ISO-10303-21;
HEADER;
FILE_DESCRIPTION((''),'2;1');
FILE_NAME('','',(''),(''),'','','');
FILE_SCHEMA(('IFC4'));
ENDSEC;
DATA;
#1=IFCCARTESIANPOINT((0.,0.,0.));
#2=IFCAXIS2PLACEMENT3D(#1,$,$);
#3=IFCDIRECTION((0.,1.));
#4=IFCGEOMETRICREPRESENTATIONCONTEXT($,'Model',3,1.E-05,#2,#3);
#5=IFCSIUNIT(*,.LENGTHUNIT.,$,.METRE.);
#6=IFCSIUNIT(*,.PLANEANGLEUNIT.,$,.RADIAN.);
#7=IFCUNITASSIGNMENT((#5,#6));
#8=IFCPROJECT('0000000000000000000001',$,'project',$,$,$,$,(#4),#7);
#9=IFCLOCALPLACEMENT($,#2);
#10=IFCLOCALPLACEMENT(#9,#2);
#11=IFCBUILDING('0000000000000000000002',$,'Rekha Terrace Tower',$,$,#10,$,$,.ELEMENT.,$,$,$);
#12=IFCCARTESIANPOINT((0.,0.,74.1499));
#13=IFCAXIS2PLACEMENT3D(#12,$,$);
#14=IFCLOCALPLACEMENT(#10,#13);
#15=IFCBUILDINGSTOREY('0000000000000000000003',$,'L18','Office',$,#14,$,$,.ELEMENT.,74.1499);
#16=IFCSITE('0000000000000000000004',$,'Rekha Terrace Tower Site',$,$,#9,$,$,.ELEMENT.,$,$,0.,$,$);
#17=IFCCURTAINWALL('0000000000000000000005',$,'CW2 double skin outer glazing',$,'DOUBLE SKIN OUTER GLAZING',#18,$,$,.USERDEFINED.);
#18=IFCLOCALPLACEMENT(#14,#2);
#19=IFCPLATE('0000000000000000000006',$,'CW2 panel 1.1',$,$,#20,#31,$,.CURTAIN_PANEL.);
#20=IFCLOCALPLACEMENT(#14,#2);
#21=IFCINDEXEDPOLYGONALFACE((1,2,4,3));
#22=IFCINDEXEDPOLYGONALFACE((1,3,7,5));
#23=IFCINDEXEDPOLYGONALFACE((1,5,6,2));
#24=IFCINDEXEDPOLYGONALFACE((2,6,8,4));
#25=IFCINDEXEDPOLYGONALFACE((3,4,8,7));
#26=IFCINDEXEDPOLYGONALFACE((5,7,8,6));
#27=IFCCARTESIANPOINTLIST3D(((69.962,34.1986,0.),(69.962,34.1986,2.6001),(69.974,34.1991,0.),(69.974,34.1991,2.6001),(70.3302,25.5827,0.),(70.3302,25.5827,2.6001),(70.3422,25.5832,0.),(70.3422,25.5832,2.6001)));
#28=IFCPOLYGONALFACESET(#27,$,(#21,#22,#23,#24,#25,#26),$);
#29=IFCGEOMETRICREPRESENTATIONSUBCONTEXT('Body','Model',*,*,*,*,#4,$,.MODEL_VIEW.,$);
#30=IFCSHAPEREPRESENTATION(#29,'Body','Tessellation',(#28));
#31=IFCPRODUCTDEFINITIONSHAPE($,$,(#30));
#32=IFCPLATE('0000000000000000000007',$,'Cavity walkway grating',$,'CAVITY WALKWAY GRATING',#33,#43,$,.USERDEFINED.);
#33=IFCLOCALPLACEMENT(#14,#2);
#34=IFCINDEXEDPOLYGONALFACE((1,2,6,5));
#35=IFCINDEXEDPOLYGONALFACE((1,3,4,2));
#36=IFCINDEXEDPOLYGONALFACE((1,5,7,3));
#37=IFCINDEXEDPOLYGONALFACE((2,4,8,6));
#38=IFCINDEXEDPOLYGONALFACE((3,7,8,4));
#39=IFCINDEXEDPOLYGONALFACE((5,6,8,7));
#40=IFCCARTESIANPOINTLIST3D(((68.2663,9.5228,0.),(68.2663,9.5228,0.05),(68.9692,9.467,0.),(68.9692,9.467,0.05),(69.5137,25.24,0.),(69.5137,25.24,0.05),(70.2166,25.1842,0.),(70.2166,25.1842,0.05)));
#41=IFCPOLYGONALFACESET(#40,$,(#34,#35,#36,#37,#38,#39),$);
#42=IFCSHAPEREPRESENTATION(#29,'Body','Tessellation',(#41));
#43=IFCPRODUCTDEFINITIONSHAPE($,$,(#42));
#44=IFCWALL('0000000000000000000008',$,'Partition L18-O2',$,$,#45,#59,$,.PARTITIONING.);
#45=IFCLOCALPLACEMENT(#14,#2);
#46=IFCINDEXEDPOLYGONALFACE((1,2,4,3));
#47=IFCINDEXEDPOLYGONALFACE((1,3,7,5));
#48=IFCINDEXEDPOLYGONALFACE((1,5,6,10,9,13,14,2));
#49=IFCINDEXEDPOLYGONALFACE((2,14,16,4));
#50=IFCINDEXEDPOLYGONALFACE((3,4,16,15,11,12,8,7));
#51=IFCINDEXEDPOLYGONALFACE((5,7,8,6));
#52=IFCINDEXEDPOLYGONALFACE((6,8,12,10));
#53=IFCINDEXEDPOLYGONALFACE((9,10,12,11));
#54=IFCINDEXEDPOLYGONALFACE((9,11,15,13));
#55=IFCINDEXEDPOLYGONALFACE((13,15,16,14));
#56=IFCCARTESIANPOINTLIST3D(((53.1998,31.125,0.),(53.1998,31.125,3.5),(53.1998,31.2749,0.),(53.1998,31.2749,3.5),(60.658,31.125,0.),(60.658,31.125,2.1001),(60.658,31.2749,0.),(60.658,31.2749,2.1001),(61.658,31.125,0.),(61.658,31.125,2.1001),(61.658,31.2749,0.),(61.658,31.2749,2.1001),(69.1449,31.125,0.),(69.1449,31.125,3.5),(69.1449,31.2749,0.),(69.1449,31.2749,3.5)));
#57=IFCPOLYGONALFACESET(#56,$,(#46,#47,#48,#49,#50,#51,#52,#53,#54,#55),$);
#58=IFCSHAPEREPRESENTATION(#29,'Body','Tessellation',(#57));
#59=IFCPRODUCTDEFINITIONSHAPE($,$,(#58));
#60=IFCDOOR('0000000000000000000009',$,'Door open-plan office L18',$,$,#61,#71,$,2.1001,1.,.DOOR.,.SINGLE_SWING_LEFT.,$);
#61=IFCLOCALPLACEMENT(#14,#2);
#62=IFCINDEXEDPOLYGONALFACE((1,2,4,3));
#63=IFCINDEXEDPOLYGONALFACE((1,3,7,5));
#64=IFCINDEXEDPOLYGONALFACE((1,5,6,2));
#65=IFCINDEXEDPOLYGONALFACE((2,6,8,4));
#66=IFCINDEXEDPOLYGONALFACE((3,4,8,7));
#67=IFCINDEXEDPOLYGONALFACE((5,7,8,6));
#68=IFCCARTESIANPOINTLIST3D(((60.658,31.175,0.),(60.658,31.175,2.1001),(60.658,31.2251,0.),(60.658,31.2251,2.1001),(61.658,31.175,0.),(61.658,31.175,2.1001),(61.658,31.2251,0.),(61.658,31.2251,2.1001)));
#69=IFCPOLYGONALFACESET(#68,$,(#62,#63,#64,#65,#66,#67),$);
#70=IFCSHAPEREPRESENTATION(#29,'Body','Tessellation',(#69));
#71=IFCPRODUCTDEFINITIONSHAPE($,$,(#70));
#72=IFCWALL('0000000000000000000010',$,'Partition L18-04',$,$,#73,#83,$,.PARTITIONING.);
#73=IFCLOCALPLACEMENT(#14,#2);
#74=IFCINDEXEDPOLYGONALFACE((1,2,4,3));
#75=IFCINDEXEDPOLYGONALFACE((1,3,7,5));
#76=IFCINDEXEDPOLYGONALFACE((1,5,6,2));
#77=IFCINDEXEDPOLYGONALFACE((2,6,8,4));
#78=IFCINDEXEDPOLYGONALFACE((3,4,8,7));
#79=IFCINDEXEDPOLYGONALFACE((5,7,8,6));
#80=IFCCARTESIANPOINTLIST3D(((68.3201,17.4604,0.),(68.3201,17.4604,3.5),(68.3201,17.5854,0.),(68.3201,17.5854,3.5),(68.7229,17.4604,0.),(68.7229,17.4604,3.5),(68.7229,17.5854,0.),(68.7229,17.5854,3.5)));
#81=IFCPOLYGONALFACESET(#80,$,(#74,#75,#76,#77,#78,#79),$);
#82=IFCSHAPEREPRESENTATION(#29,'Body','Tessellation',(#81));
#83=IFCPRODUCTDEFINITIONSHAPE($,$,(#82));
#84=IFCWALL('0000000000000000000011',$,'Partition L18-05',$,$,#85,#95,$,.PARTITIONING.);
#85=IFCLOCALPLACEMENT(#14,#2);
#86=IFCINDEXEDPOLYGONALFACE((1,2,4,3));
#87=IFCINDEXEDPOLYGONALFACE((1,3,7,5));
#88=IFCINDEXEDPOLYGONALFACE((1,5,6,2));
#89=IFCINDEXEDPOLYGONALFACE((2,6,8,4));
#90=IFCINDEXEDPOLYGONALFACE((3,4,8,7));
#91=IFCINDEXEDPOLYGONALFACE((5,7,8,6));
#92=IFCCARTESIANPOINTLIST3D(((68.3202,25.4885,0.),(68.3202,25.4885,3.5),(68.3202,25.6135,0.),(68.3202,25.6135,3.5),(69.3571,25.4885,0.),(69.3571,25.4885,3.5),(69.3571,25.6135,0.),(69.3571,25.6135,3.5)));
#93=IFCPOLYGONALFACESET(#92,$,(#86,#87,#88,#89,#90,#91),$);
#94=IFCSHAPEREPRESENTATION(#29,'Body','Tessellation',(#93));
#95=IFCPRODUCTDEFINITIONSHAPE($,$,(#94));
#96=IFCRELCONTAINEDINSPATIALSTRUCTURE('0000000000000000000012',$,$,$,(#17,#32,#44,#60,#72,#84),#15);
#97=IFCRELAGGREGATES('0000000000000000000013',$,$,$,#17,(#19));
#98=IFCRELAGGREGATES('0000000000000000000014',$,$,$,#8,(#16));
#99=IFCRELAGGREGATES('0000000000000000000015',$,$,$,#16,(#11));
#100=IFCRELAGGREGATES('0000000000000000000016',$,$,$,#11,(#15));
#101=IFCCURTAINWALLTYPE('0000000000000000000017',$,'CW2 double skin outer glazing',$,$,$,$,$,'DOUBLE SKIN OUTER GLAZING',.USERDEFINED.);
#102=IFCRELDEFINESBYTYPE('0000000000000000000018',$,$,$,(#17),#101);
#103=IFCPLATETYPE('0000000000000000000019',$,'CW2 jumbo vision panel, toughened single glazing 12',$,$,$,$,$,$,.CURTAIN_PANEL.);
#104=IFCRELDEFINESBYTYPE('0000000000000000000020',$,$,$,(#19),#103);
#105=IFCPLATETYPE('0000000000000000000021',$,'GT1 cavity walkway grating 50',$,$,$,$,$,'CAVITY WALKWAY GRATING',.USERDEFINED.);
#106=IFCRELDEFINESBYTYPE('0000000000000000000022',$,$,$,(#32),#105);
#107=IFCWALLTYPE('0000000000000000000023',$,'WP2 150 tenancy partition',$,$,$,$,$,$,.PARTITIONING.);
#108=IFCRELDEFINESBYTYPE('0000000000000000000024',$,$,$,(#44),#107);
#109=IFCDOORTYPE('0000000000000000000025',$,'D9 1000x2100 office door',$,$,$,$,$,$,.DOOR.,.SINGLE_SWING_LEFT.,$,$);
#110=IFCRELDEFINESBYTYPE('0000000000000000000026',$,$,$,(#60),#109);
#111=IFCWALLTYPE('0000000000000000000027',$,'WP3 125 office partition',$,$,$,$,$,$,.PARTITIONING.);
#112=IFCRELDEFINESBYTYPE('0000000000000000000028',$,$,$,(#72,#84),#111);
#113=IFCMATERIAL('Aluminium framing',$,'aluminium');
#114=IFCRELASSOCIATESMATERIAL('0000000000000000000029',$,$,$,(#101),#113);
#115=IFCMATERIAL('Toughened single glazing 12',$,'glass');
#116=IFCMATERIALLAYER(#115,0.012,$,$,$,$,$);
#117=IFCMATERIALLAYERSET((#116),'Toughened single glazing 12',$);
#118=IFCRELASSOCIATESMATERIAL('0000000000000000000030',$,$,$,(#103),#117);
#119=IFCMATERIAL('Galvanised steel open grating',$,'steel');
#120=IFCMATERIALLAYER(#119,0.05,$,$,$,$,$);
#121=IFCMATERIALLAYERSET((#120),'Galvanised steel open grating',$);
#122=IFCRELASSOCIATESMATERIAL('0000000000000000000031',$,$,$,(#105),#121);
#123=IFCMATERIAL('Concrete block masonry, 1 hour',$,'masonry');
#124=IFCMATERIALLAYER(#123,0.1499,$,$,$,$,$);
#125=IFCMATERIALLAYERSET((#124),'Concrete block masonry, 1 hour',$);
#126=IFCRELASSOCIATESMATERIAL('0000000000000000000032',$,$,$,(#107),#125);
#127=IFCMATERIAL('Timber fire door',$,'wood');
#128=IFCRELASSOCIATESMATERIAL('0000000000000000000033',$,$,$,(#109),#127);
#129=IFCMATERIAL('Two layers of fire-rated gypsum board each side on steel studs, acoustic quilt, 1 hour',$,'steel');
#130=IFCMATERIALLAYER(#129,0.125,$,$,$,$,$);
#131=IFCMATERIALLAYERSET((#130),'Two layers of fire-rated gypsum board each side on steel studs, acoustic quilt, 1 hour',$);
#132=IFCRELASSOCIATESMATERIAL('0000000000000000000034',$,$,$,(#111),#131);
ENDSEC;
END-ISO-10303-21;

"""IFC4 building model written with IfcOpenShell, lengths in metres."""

from ifc_helpers import new_model, si_unit, direction, frame, frame_2d, origin, origin_2d, place, context, subcontext, project, spatial, rectangle, extrude, material, layer, layer_set, type_object, element, fill, aggregate, save


model = new_model("IFC4")

# Units and contexts
model_context = context("Model", 3, precision=1e-05, world=origin(), true_north=direction((0.0, 1.0)))
body_context = subcontext(model_context, "Body", "Model", "MODEL_VIEW")
ifc_project = project(units=[si_unit("LENGTHUNIT", "METRE"), si_unit("PLANEANGLEUNIT", "RADIAN")], contexts=[model_context])

# Site, building, storey
site_placement = place(None, origin())
site = spatial("IfcSite", under=ifc_project, at=site_placement, Name="Rekha Terrace Tower Site", CompositionType="ELEMENT", RefElevation=0.0)
building_placement = place(site_placement, origin())
building = spatial("IfcBuilding", under=site, at=building_placement, Name="Rekha Terrace Tower", CompositionType="ELEMENT")
storey_placement = place(building_placement, frame((0.0, 0.0, 74.1499)))
storey = spatial("IfcBuildingStorey", under=building, at=storey_placement, Name="L18", Description="Office", CompositionType="ELEMENT", Elevation=74.1499)

# Shared definitions
ifc_material_1 = material(Name="Aluminium framing", Category="aluminium")

# Curtain wall
curtain_wall_type_1 = type_object("IfcCurtainWallType", Name="CW2 double skin outer glazing", ElementType="DOUBLE SKIN OUTER GLAZING", PredefinedType="USERDEFINED", material=ifc_material_1)
curtain_wall_1_placement = place(storey_placement, origin())
curtain_wall_1 = element("IfcCurtainWall", 1, at=curtain_wall_1_placement, inside=storey, type_object=curtain_wall_type_1, Name="CW2 double skin outer glazing", ObjectType="DOUBLE SKIN OUTER GLAZING", PredefinedType="USERDEFINED")

# Shared definitions
ifc_material_2 = material(Name="Toughened single glazing 12", Category="glass")
ifc_layer_1 = layer(ifc_material_2, 0.012)
ifc_layer_set_1 = layer_set([ifc_layer_1], Name="Toughened single glazing 12")
plate_type_1 = type_object("IfcPlateType", Name="CW2 jumbo vision panel, toughened single glazing 12", PredefinedType="CURTAIN_PANEL", material=ifc_layer_set_1)

# Plates
plate_1_placement = place(storey_placement, frame((70.1521, 29.8909, 0.0), z_axis=(0.0, 0.0, 1.0), x_axis=(-0.042696, 0.999088, 0.0)))
plate_1 = element("IfcPlate", 2, at=plate_1_placement, type_object=plate_type_1, Name="CW2 panel 1.1", PredefinedType="CURTAIN_PANEL", context=body_context, shape_type="SweptSolid", body=[
    extrude(rectangle(XDim=8.6238, YDim=0.012, at=origin_2d()), origin(), (0.0, 0.0, 1.0), 2.6001),
])
aggregate(curtain_wall_1, [plate_1])
ifc_material_3 = material(Name="Galvanised steel open grating", Category="steel")
ifc_layer_2 = layer(ifc_material_3, 0.05)
ifc_layer_set_2 = layer_set([ifc_layer_2], Name="Galvanised steel open grating")
plate_type_2 = type_object("IfcPlateType", Name="GT1 cavity walkway grating 50", ElementType="CAVITY WALKWAY GRATING", PredefinedType="USERDEFINED", material=ifc_layer_set_2)
plate_2_placement = place(storey_placement, frame((69.2415, 17.3535, 0.0), z_axis=(0.0, 0.0, 1.0), x_axis=(0.079116, 0.996865, 0.0)))
element("IfcPlate", 3, at=plate_2_placement, inside=storey, type_object=plate_type_2, Name="Cavity walkway grating", ObjectType="CAVITY WALKWAY GRATING", PredefinedType="USERDEFINED", context=body_context, shape_type="SweptSolid", body=[
    extrude(rectangle(XDim=15.7666, YDim=0.7051, at=origin_2d()), origin(), (0.0, 0.0, 1.0), 0.05),
])

# Wall, opening, door
ifc_material_4 = material(Name="Concrete block masonry, 1 hour", Category="masonry")
ifc_layer_3 = layer(ifc_material_4, 0.1499)
ifc_layer_set_3 = layer_set([ifc_layer_3], Name="Concrete block masonry, 1 hour")
wall_type_1 = type_object("IfcWallType", Name="WP2 150 tenancy partition", PredefinedType="PARTITIONING", material=ifc_layer_set_3)
wall_1_placement = place(storey_placement, frame((69.145, 31.2, 0.0), z_axis=(0.0, 0.0, 1.0), x_axis=(-1.0, 0.0, 0.0)))
wall_1 = element("IfcWall", 4, at=wall_1_placement, inside=storey, type_object=wall_type_1, Name="Partition L18-O2", PredefinedType="PARTITIONING", context=body_context, shape_type="SweptSolid", body=[
    extrude(rectangle(XDim=15.9451, YDim=0.1499, at=frame_2d((7.9727, 0.0))), origin(), (0.0, 0.0, 1.0), 3.5),
])
opening_placement = place(wall_1_placement, frame((7.4871, 0.0, 0.0)))
opening = element("IfcOpeningElement", 5, at=opening_placement, cuts=wall_1, PredefinedType="OPENING", context=body_context, shape_type="SweptSolid", body=[
    extrude(rectangle(XDim=1.0, YDim=2.1001, at=frame_2d((0.5, 1.05))), frame((0.0, 0.085, 0.0), z_axis=(0.0, -1.0, 0.0), x_axis=(1.0, 0.0, 0.0)), (0.0, 0.0, 1.0), 0.1699),
])
ifc_material_5 = material(Name="Timber fire door", Category="wood")
door_type = type_object("IfcDoorType", Name="D9 1000x2100 office door", OperationType="SINGLE_SWING_LEFT", PredefinedType="DOOR", material=ifc_material_5)
door_placement = place(opening_placement, origin())
door = element("IfcDoor", 6, at=door_placement, inside=storey, type_object=door_type, Name="Door open-plan office L18", OperationType="SINGLE_SWING_LEFT", OverallHeight=2.1001, OverallWidth=1.0, PredefinedType="DOOR", context=body_context, shape_type="SweptSolid", body=[
    extrude(rectangle(XDim=1.0, YDim=2.1001, at=frame_2d((0.5, 1.05))), frame((0.0, 0.0249, 0.0), z_axis=(0.0, -1.0, 0.0), x_axis=(1.0, 0.0, 0.0)), (0.0, 0.0, 1.0), 0.05),
])
fill(opening, door)

# Walls
ifc_material_6 = material(Name="Two layers of fire-rated gypsum board each side on steel studs, acoustic quilt, 1 hour", Category="steel")
ifc_layer_4 = layer(ifc_material_6, 0.125)
ifc_layer_set_4 = layer_set([ifc_layer_4], Name="Two layers of fire-rated gypsum board each side on steel studs, acoustic quilt, 1 hour")
wall_type_2 = type_object("IfcWallType", Name="WP3 125 office partition", PredefinedType="PARTITIONING", material=ifc_layer_set_4)
wall_2_placement = place(storey_placement, frame((68.3201, 17.5229, 0.0), z_axis=(0.0, 0.0, 1.0), x_axis=(1.0, 0.0, 0.0)))
element("IfcWall", 7, at=wall_2_placement, inside=storey, type_object=wall_type_2, Name="Partition L18-04", PredefinedType="PARTITIONING", context=body_context, shape_type="SweptSolid", body=[
    extrude(rectangle(XDim=0.4028, YDim=0.125, at=frame_2d((0.2014, 0.0))), origin(), (0.0, 0.0, 1.0), 3.5),
])
wall_3_placement = place(storey_placement, frame((68.3201, 25.551, 0.0), z_axis=(0.0, 0.0, 1.0), x_axis=(1.0, 0.0, 0.0)))
element("IfcWall", 8, at=wall_3_placement, inside=storey, type_object=wall_type_2, Name="Partition L18-05", PredefinedType="PARTITIONING", context=body_context, shape_type="SweptSolid", body=[
    extrude(rectangle(XDim=1.0369, YDim=0.125, at=frame_2d((0.5186, 0.0))), origin(), (0.0, 0.0, 1.0), 3.5),
])

save(model, "model.ifc")
